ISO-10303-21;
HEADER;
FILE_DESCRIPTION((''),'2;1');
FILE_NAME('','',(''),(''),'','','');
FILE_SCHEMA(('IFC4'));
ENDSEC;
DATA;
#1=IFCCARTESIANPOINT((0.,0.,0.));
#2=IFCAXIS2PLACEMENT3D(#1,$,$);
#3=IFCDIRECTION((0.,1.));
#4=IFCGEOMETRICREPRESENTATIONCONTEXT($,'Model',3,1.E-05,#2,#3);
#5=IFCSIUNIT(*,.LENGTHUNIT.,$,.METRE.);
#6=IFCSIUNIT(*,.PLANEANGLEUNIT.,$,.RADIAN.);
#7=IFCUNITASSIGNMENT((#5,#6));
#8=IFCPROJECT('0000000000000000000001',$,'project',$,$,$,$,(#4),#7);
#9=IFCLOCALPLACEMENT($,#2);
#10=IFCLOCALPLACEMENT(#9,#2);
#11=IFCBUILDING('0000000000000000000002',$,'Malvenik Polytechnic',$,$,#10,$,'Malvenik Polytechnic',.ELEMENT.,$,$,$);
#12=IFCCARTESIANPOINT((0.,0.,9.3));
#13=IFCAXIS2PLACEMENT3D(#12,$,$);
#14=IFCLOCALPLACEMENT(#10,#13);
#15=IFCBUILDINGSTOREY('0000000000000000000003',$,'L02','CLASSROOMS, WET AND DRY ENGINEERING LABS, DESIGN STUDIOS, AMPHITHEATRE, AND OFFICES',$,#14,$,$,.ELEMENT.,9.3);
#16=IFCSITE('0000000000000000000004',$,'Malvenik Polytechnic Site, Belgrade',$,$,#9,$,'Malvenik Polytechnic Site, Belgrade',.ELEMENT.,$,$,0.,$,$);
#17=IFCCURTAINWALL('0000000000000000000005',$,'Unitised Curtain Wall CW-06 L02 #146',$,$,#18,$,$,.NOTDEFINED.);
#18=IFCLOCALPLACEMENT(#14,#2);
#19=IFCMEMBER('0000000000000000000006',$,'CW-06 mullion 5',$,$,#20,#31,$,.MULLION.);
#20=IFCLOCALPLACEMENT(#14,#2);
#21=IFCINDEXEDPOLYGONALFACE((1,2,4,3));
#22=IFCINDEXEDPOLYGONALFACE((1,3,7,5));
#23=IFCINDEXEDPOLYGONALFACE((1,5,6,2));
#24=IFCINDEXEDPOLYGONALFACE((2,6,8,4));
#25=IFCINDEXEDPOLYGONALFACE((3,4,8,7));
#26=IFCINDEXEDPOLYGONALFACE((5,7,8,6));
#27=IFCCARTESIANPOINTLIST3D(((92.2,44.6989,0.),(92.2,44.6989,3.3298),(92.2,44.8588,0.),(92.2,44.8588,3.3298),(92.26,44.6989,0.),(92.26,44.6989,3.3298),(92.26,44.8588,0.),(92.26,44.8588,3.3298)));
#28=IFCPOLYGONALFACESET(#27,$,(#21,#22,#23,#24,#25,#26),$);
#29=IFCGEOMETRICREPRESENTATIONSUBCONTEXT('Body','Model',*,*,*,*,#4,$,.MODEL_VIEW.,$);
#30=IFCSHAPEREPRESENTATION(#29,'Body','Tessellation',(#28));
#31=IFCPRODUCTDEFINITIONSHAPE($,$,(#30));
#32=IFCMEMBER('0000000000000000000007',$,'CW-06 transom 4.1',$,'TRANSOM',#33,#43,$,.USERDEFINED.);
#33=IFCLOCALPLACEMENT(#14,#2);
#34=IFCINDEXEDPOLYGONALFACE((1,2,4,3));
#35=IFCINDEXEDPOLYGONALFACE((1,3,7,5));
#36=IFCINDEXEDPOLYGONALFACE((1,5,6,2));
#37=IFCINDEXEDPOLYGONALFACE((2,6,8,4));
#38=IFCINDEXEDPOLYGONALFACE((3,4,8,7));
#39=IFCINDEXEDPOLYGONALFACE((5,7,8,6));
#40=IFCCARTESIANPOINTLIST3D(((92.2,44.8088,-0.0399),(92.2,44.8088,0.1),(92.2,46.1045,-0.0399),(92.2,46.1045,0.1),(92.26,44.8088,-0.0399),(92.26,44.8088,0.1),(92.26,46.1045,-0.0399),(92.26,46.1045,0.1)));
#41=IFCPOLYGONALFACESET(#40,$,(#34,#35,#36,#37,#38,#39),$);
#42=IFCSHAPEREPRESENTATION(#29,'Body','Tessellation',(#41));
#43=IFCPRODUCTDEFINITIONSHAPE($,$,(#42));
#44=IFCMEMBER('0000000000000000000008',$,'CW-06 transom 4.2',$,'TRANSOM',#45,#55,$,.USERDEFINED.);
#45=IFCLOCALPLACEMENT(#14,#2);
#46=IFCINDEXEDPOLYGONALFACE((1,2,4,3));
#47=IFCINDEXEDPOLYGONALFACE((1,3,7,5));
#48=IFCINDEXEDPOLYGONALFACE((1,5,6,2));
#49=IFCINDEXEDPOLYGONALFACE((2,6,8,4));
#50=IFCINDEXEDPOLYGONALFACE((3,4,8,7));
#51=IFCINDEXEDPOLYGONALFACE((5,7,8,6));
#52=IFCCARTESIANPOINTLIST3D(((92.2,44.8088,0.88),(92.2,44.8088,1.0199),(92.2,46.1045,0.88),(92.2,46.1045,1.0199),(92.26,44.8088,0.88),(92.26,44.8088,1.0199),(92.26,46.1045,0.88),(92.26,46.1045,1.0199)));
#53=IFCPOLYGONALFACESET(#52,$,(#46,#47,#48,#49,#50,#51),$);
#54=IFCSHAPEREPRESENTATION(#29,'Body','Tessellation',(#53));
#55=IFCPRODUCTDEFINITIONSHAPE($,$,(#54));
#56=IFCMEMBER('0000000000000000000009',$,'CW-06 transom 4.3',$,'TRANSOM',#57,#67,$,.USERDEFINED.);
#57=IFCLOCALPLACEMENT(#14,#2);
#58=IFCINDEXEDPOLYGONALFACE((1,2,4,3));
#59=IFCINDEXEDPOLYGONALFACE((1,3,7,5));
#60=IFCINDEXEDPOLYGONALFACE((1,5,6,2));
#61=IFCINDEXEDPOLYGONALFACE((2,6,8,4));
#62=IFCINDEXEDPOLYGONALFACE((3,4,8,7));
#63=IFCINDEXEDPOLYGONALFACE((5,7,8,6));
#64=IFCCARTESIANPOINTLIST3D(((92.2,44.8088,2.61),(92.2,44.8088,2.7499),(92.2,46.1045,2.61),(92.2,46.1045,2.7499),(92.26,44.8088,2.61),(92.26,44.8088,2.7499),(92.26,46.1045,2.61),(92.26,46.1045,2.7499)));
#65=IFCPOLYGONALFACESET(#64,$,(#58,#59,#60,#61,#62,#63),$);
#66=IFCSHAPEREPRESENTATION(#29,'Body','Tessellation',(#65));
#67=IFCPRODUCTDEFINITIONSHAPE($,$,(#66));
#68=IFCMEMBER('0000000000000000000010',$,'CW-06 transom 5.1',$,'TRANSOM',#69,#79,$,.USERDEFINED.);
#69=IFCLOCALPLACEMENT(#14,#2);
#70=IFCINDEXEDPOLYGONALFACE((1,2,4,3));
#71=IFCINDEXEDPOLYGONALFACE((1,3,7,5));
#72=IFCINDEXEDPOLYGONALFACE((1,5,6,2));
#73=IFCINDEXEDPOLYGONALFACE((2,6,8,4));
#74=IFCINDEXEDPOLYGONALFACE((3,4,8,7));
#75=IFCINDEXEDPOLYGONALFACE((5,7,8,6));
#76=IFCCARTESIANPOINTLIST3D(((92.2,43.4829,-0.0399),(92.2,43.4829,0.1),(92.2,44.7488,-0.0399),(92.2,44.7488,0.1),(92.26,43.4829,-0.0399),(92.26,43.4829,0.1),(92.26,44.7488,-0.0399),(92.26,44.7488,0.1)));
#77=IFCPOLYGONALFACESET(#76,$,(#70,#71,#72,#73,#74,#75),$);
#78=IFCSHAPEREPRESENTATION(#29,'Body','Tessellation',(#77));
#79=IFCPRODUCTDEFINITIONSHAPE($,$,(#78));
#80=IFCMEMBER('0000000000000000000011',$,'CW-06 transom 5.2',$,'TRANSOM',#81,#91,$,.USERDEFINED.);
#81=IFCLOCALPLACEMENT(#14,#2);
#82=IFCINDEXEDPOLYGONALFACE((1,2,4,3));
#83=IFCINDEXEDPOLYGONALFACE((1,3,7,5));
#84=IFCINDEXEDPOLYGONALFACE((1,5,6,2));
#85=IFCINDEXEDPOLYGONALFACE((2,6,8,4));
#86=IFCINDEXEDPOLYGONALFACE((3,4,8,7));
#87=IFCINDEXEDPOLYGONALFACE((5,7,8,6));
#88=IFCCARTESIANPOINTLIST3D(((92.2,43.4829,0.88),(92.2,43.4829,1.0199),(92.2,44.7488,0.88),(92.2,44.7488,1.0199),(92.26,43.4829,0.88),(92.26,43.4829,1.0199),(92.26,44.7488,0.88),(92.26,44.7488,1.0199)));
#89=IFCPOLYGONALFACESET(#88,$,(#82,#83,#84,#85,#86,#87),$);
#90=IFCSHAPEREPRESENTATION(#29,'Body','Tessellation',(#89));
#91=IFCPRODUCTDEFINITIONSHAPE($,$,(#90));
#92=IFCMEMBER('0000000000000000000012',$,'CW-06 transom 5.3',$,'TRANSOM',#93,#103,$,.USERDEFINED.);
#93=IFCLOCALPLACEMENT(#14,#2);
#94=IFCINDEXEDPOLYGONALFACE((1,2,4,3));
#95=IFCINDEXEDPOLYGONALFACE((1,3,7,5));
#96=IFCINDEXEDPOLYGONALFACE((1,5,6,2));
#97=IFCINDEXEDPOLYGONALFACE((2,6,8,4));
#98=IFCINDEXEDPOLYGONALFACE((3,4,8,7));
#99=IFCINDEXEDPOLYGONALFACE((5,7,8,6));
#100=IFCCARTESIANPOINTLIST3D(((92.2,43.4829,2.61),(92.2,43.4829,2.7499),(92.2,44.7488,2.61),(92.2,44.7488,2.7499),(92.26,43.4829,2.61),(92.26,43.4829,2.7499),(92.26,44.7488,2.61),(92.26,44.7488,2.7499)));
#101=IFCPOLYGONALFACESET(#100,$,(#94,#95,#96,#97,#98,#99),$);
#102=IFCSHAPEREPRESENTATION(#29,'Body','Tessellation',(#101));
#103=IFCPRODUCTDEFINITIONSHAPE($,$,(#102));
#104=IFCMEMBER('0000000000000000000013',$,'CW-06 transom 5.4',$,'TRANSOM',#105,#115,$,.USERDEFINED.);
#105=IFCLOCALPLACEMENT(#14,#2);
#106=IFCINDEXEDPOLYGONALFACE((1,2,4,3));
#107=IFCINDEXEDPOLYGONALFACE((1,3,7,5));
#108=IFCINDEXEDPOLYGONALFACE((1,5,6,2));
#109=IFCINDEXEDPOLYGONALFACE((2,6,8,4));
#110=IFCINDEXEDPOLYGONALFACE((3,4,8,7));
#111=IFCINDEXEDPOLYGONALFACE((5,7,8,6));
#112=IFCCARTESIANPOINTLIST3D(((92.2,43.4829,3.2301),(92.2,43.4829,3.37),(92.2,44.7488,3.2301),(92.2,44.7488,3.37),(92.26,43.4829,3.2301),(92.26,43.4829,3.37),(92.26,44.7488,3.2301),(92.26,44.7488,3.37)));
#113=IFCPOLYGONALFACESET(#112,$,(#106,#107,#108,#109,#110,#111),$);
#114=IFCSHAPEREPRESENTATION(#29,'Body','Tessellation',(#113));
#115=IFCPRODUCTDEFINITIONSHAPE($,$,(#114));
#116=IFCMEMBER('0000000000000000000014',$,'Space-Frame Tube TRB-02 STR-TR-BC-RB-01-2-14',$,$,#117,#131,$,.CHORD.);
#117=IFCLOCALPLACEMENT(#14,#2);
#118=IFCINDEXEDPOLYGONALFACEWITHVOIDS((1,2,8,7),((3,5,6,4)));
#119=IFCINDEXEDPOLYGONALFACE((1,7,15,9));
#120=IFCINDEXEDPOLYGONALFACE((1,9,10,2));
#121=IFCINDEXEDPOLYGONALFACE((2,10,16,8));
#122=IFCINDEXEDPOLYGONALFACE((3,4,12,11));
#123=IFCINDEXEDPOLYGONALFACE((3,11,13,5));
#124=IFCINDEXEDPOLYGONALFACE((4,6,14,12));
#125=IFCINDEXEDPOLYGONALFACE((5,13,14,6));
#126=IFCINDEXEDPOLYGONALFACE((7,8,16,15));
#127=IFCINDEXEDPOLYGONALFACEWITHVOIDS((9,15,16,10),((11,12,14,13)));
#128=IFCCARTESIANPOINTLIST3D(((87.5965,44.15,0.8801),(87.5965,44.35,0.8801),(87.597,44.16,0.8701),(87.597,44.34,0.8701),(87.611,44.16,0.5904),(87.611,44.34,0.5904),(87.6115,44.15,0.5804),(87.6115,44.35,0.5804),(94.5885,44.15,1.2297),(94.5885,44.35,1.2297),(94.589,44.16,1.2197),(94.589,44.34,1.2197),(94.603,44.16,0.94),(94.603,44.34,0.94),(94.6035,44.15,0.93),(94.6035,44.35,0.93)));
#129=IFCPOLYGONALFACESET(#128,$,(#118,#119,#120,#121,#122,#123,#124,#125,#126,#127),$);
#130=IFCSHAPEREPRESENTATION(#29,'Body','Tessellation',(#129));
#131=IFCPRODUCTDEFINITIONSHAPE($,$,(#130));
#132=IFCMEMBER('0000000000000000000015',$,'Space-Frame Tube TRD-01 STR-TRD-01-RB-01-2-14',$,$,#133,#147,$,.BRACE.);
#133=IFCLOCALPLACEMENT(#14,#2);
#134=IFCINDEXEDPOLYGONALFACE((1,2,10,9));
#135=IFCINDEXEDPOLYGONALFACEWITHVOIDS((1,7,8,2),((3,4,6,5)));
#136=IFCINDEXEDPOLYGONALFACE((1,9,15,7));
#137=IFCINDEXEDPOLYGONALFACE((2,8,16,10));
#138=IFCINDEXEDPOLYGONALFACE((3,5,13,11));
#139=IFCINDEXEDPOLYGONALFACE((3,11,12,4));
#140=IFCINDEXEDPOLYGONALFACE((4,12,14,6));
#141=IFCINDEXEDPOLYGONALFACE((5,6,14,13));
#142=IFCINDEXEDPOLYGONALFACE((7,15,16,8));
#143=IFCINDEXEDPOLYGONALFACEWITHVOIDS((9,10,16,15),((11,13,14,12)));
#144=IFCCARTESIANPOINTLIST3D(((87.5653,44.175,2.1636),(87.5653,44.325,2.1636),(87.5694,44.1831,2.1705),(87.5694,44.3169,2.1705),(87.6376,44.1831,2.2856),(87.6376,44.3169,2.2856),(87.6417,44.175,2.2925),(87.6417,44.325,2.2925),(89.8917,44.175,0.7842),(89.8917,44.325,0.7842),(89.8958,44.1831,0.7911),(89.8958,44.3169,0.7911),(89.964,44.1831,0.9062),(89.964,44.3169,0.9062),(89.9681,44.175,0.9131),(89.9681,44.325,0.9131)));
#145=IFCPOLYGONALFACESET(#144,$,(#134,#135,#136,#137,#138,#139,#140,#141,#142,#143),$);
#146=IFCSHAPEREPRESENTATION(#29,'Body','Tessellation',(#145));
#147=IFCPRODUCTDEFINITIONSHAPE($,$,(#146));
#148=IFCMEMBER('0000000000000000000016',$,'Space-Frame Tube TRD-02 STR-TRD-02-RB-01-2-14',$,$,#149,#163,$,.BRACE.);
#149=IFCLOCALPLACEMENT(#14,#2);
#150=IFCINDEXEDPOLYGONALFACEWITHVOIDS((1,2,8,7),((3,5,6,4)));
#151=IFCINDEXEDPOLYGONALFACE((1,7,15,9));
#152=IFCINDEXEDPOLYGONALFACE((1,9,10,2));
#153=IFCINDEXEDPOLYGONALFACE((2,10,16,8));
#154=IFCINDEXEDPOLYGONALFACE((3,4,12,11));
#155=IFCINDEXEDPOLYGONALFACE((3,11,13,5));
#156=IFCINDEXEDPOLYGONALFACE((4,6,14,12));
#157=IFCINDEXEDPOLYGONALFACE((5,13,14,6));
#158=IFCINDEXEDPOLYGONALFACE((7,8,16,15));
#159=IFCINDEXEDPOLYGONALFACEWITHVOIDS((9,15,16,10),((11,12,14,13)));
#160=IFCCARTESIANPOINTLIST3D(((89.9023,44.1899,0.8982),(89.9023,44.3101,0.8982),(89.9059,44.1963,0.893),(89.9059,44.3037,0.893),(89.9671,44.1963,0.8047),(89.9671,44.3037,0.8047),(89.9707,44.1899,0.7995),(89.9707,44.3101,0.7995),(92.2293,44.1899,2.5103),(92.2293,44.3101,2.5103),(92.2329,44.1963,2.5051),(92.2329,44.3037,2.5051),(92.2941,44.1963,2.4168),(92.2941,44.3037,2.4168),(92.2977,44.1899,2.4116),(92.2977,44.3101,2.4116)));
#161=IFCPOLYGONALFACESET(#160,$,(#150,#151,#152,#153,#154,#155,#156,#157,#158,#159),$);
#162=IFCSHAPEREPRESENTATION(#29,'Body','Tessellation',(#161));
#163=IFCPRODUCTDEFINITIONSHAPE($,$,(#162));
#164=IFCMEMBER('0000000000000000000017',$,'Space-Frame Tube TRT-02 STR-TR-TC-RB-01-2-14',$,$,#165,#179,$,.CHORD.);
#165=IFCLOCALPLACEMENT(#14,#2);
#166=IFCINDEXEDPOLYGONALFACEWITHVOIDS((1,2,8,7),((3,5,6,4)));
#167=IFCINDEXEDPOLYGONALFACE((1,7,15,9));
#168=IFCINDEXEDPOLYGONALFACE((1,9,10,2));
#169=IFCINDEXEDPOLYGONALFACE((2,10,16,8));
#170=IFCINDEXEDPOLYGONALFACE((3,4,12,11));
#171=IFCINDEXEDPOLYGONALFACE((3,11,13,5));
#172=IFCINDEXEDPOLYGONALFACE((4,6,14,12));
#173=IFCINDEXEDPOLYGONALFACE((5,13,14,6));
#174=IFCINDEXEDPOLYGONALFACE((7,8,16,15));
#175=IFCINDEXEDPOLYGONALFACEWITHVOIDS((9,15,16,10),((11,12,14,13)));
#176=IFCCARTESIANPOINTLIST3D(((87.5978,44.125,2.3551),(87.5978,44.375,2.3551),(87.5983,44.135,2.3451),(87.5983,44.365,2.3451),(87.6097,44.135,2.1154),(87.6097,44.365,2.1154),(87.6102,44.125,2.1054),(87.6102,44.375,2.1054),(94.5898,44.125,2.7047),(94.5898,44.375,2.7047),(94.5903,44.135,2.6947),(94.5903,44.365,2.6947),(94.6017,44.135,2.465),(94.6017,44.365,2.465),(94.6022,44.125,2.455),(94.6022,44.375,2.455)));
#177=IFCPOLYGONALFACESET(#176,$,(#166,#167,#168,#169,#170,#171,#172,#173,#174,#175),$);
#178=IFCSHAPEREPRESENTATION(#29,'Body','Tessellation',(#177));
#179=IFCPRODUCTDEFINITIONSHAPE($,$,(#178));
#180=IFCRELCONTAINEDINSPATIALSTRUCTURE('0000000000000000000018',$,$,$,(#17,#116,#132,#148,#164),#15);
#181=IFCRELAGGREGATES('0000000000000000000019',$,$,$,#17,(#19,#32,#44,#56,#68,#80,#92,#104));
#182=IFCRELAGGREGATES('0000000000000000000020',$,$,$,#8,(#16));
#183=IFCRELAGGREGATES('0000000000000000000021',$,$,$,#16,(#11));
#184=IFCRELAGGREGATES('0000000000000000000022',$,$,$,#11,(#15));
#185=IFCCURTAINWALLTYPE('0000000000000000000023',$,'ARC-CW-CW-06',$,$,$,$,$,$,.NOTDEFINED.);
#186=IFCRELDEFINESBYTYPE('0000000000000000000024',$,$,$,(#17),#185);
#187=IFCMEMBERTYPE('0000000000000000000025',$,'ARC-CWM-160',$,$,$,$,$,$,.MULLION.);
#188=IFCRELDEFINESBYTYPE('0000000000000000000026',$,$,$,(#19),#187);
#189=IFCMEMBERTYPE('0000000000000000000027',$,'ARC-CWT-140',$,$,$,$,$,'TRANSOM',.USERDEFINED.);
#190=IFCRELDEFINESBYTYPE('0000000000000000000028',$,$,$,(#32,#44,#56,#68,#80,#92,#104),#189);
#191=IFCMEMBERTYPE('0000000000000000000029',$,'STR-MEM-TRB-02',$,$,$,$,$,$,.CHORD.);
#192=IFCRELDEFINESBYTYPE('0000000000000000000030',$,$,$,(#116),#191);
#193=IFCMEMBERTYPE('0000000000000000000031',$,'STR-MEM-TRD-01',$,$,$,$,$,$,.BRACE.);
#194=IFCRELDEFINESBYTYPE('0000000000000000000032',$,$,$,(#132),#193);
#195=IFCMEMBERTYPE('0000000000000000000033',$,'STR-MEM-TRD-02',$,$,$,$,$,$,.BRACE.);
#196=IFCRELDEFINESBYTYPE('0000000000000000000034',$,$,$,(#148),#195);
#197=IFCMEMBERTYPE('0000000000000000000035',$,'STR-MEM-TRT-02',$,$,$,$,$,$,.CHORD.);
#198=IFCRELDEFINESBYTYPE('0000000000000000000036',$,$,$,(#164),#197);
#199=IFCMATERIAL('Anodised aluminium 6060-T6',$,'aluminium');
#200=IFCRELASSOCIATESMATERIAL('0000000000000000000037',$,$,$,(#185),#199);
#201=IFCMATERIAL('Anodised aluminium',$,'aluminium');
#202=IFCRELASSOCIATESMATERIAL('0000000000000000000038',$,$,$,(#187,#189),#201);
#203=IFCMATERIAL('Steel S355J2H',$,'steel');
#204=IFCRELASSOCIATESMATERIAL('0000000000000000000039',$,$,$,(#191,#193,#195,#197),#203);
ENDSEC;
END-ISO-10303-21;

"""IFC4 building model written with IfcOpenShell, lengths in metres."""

from ifc_helpers import new_model, si_unit, direction, frame, origin, origin_2d, place, context, subcontext, project, spatial, rectangle, hollow_rectangle, extrude, material, material_profile, profile_set, type_object, element, aggregate, save


model = new_model("IFC4")

# Units and contexts
model_context = context("Model", 3, precision=1e-05, world=origin(), true_north=direction((0.0, 1.0)))
body_context = subcontext(model_context, "Body", "Model", "MODEL_VIEW")
ifc_project = project(units=[si_unit("LENGTHUNIT", "METRE"), si_unit("PLANEANGLEUNIT", "RADIAN")], contexts=[model_context])

# Site, building, storey
site_placement = place(None, origin())
site = spatial("IfcSite", under=ifc_project, at=site_placement, Name="Malvenik Polytechnic Site, Belgrade", LongName="Malvenik Polytechnic Site, Belgrade", CompositionType="ELEMENT", RefElevation=0.0)
building_placement = place(site_placement, origin())
building = spatial("IfcBuilding", under=site, at=building_placement, Name="Malvenik Polytechnic", LongName="Malvenik Polytechnic", CompositionType="ELEMENT")
storey_placement = place(building_placement, frame((0.0, 0.0, 9.3)))
storey = spatial("IfcBuildingStorey", under=building, at=storey_placement, Name="L02", Description="CLASSROOMS, WET AND DRY ENGINEERING LABS, DESIGN STUDIOS, AMPHITHEATRE, AND OFFICES", CompositionType="ELEMENT", Elevation=9.3)

# Curtain wall, members
ifc_material_1 = material(Name="Anodised aluminium 6060-T6", Category="aluminium")
curtain_wall_type = type_object("IfcCurtainWallType", Name="ARC-CW-CW-06", PredefinedType="NOTDEFINED", material=ifc_material_1)
curtain_wall_placement = place(storey_placement, origin())
curtain_wall = element("IfcCurtainWall", 1, at=curtain_wall_placement, inside=storey, type_object=curtain_wall_type, Name="Unitised Curtain Wall CW-06 L02 #146", PredefinedType="NOTDEFINED")
ifc_material_2 = material(Name="Anodised aluminium", Category="aluminium")
ifc_material_profile_1 = material_profile(ifc_material_2, rectangle(XDim=0.0601, YDim=0.1599, at=origin_2d()), Name="ALU MULLION 60x160")
ifc_profile_set_1 = profile_set([ifc_material_profile_1], Name="Anodised aluminium")
member_type_1 = type_object("IfcMemberType", Name="ARC-CWM-160", PredefinedType="MULLION", material=ifc_profile_set_1)
member_1_placement = place(storey_placement, frame((92.23, 44.7788, 0.0), z_axis=(0.0, 0.0, 1.0), x_axis=(1.0, 0.0, 0.0)))
member_1 = element("IfcMember", 2, at=member_1_placement, type_object=member_type_1, Name="CW-06 mullion 5", PredefinedType="MULLION", context=body_context, shape_type="SweptSolid", body=[
    extrude(rectangle(XDim=0.0601, YDim=0.1599, at=origin_2d()), origin(), (0.0, 0.0, 1.0), 3.3298),
])
ifc_material_profile_2 = material_profile(ifc_material_2, rectangle(XDim=0.0601, YDim=0.1399, at=origin_2d()), Name="ALU TRANSOM 60x140")
ifc_profile_set_2 = profile_set([ifc_material_profile_2], Name="Anodised aluminium")
member_type_2 = type_object("IfcMemberType", Name="ARC-CWT-140", ElementType="TRANSOM", PredefinedType="USERDEFINED", material=ifc_profile_set_2)
member_2_placement = place(storey_placement, frame((92.23, 46.1045, 0.03), z_axis=(0.0, -1.0, 0.0), x_axis=(1.0, 0.0, 0.0)))
member_2 = element("IfcMember", 3, at=member_2_placement, type_object=member_type_2, Name="CW-06 transom 4.1", ObjectType="TRANSOM", PredefinedType="USERDEFINED", context=body_context, shape_type="SweptSolid", body=[
    extrude(rectangle(XDim=0.0601, YDim=0.1399, at=origin_2d()), origin(), (0.0, 0.0, 1.0), 1.2957),
])
member_3_placement = place(storey_placement, frame((92.23, 46.1045, 0.95), z_axis=(0.0, -1.0, 0.0), x_axis=(1.0, 0.0, 0.0)))
member_3 = element("IfcMember", 4, at=member_3_placement, type_object=member_type_2, Name="CW-06 transom 4.2", ObjectType="TRANSOM", PredefinedType="USERDEFINED", context=body_context, shape_type="SweptSolid", body=[
    extrude(rectangle(XDim=0.0601, YDim=0.1399, at=origin_2d()), origin(), (0.0, 0.0, 1.0), 1.2957),
])
member_4_placement = place(storey_placement, frame((92.23, 46.1045, 2.6799), z_axis=(0.0, -1.0, 0.0), x_axis=(1.0, 0.0, 0.0)))
member_4 = element("IfcMember", 5, at=member_4_placement, type_object=member_type_2, Name="CW-06 transom 4.3", ObjectType="TRANSOM", PredefinedType="USERDEFINED", context=body_context, shape_type="SweptSolid", body=[
    extrude(rectangle(XDim=0.0601, YDim=0.1399, at=origin_2d()), origin(), (0.0, 0.0, 1.0), 1.2957),
])
member_5_placement = place(storey_placement, frame((92.23, 44.7488, 0.03), z_axis=(0.0, -1.0, 0.0), x_axis=(1.0, 0.0, 0.0)))
member_5 = element("IfcMember", 6, at=member_5_placement, type_object=member_type_2, Name="CW-06 transom 5.1", ObjectType="TRANSOM", PredefinedType="USERDEFINED", context=body_context, shape_type="SweptSolid", body=[
    extrude(rectangle(XDim=0.0601, YDim=0.1399, at=origin_2d()), origin(), (0.0, 0.0, 1.0), 1.2659),
])
member_6_placement = place(storey_placement, frame((92.23, 44.7488, 0.95), z_axis=(0.0, -1.0, 0.0), x_axis=(1.0, 0.0, 0.0)))
member_6 = element("IfcMember", 7, at=member_6_placement, type_object=member_type_2, Name="CW-06 transom 5.2", ObjectType="TRANSOM", PredefinedType="USERDEFINED", context=body_context, shape_type="SweptSolid", body=[
    extrude(rectangle(XDim=0.0601, YDim=0.1399, at=origin_2d()), origin(), (0.0, 0.0, 1.0), 1.2659),
])
member_7_placement = place(storey_placement, frame((92.23, 44.7488, 2.6799), z_axis=(0.0, -1.0, 0.0), x_axis=(1.0, 0.0, 0.0)))
member_7 = element("IfcMember", 8, at=member_7_placement, type_object=member_type_2, Name="CW-06 transom 5.3", ObjectType="TRANSOM", PredefinedType="USERDEFINED", context=body_context, shape_type="SweptSolid", body=[
    extrude(rectangle(XDim=0.0601, YDim=0.1399, at=origin_2d()), origin(), (0.0, 0.0, 1.0), 1.2659),
])
member_8_placement = place(storey_placement, frame((92.23, 44.7488, 3.3), z_axis=(0.0, -1.0, 0.0), x_axis=(1.0, 0.0, 0.0)))
member_8 = element("IfcMember", 9, at=member_8_placement, type_object=member_type_2, Name="CW-06 transom 5.4", ObjectType="TRANSOM", PredefinedType="USERDEFINED", context=body_context, shape_type="SweptSolid", body=[
    extrude(rectangle(XDim=0.0601, YDim=0.1399, at=origin_2d()), origin(), (0.0, 0.0, 1.0), 1.2659),
])

# Members
ifc_material_3 = material(Name="Steel S355J2H", Category="steel")
ifc_material_profile_3 = material_profile(ifc_material_3, hollow_rectangle(XDim=0.2, YDim=0.3, WallThickness=0.01, at=origin_2d()), Name="RHS 300x200x10.0")
ifc_profile_set_3 = profile_set([ifc_material_profile_3], Name="Steel S355J2H")
member_type_3 = type_object("IfcMemberType", Name="STR-MEM-TRB-02", PredefinedType="CHORD", material=ifc_profile_set_3)
member_9_placement = place(storey_placement, frame((87.604, 44.25, 0.7302), z_axis=(0.998752, 0.0, 0.049939), x_axis=(0.0, 1.0, 0.0)))
element("IfcMember", 10, at=member_9_placement, inside=storey, type_object=member_type_3, Name="Space-Frame Tube TRB-02 STR-TR-BC-RB-01-2-14", PredefinedType="CHORD", context=body_context, shape_type="SweptSolid", body=[
    extrude(hollow_rectangle(XDim=0.2, YDim=0.3, WallThickness=0.01, at=origin_2d()), origin(), (0.0, 0.0, 1.0), 7.0007),
])
ifc_material_profile_4 = material_profile(ifc_material_3, hollow_rectangle(XDim=0.1499, YDim=0.1499, WallThickness=0.0081, at=origin_2d()), Name="SHS 150x150x8.0")
ifc_profile_set_4 = profile_set([ifc_material_profile_4], Name="Steel S355J2H")
member_type_4 = type_object("IfcMemberType", Name="STR-MEM-TRD-01", PredefinedType="BRACE", material=ifc_profile_set_4)
member_10_placement = place(storey_placement, frame((87.6035, 44.25, 2.228), z_axis=(0.860165, 0.0, -0.510015), x_axis=(0.0, 1.0, 0.0)))
element("IfcMember", 11, at=member_10_placement, inside=storey, type_object=member_type_4, Name="Space-Frame Tube TRD-01 STR-TRD-01-RB-01-2-14", PredefinedType="BRACE", context=body_context, shape_type="SweptSolid", body=[
    extrude(hollow_rectangle(XDim=0.1499, YDim=0.1499, WallThickness=0.0081, at=origin_2d()), origin(), (0.0, 0.0, 1.0), 2.7046),
])
ifc_material_profile_5 = material_profile(ifc_material_3, hollow_rectangle(XDim=0.1201, YDim=0.1201, WallThickness=0.0063, at=origin_2d()), Name="SHS 120x120x6.3")
ifc_profile_set_5 = profile_set([ifc_material_profile_5], Name="Steel S355J2H")
member_type_5 = type_object("IfcMemberType", Name="STR-MEM-TRD-02", PredefinedType="BRACE", material=ifc_profile_set_5)
member_11_placement = place(storey_placement, frame((89.9365, 44.25, 0.8489), z_axis=(0.822006, 0.0, 0.569479), x_axis=(0.0, 1.0, 0.0)))
element("IfcMember", 12, at=member_11_placement, inside=storey, type_object=member_type_5, Name="Space-Frame Tube TRD-02 STR-TRD-02-RB-01-2-14", PredefinedType="BRACE", context=body_context, shape_type="SweptSolid", body=[
    extrude(hollow_rectangle(XDim=0.1201, YDim=0.1201, WallThickness=0.0063, at=origin_2d()), origin(), (0.0, 0.0, 1.0), 2.8308),
])
ifc_material_profile_6 = material_profile(ifc_material_3, hollow_rectangle(XDim=0.25, YDim=0.25, WallThickness=0.01, at=origin_2d()), Name="SHS 250x250x10.0")
ifc_profile_set_6 = profile_set([ifc_material_profile_6], Name="Steel S355J2H")
member_type_6 = type_object("IfcMemberType", Name="STR-MEM-TRT-02", PredefinedType="CHORD", material=ifc_profile_set_6)
member_12_placement = place(storey_placement, frame((87.604, 44.25, 2.2302), z_axis=(0.998752, 0.0, 0.049939), x_axis=(0.0, 1.0, 0.0)))
element("IfcMember", 13, at=member_12_placement, inside=storey, type_object=member_type_6, Name="Space-Frame Tube TRT-02 STR-TR-TC-RB-01-2-14", PredefinedType="CHORD", context=body_context, shape_type="SweptSolid", body=[
    extrude(hollow_rectangle(XDim=0.25, YDim=0.25, WallThickness=0.01, at=origin_2d()), origin(), (0.0, 0.0, 1.0), 7.0007),
])

aggregate(curtain_wall, [member_1, member_2, member_3, member_4, member_5, member_6, member_7, member_8])

save(model, "model.ifc")
